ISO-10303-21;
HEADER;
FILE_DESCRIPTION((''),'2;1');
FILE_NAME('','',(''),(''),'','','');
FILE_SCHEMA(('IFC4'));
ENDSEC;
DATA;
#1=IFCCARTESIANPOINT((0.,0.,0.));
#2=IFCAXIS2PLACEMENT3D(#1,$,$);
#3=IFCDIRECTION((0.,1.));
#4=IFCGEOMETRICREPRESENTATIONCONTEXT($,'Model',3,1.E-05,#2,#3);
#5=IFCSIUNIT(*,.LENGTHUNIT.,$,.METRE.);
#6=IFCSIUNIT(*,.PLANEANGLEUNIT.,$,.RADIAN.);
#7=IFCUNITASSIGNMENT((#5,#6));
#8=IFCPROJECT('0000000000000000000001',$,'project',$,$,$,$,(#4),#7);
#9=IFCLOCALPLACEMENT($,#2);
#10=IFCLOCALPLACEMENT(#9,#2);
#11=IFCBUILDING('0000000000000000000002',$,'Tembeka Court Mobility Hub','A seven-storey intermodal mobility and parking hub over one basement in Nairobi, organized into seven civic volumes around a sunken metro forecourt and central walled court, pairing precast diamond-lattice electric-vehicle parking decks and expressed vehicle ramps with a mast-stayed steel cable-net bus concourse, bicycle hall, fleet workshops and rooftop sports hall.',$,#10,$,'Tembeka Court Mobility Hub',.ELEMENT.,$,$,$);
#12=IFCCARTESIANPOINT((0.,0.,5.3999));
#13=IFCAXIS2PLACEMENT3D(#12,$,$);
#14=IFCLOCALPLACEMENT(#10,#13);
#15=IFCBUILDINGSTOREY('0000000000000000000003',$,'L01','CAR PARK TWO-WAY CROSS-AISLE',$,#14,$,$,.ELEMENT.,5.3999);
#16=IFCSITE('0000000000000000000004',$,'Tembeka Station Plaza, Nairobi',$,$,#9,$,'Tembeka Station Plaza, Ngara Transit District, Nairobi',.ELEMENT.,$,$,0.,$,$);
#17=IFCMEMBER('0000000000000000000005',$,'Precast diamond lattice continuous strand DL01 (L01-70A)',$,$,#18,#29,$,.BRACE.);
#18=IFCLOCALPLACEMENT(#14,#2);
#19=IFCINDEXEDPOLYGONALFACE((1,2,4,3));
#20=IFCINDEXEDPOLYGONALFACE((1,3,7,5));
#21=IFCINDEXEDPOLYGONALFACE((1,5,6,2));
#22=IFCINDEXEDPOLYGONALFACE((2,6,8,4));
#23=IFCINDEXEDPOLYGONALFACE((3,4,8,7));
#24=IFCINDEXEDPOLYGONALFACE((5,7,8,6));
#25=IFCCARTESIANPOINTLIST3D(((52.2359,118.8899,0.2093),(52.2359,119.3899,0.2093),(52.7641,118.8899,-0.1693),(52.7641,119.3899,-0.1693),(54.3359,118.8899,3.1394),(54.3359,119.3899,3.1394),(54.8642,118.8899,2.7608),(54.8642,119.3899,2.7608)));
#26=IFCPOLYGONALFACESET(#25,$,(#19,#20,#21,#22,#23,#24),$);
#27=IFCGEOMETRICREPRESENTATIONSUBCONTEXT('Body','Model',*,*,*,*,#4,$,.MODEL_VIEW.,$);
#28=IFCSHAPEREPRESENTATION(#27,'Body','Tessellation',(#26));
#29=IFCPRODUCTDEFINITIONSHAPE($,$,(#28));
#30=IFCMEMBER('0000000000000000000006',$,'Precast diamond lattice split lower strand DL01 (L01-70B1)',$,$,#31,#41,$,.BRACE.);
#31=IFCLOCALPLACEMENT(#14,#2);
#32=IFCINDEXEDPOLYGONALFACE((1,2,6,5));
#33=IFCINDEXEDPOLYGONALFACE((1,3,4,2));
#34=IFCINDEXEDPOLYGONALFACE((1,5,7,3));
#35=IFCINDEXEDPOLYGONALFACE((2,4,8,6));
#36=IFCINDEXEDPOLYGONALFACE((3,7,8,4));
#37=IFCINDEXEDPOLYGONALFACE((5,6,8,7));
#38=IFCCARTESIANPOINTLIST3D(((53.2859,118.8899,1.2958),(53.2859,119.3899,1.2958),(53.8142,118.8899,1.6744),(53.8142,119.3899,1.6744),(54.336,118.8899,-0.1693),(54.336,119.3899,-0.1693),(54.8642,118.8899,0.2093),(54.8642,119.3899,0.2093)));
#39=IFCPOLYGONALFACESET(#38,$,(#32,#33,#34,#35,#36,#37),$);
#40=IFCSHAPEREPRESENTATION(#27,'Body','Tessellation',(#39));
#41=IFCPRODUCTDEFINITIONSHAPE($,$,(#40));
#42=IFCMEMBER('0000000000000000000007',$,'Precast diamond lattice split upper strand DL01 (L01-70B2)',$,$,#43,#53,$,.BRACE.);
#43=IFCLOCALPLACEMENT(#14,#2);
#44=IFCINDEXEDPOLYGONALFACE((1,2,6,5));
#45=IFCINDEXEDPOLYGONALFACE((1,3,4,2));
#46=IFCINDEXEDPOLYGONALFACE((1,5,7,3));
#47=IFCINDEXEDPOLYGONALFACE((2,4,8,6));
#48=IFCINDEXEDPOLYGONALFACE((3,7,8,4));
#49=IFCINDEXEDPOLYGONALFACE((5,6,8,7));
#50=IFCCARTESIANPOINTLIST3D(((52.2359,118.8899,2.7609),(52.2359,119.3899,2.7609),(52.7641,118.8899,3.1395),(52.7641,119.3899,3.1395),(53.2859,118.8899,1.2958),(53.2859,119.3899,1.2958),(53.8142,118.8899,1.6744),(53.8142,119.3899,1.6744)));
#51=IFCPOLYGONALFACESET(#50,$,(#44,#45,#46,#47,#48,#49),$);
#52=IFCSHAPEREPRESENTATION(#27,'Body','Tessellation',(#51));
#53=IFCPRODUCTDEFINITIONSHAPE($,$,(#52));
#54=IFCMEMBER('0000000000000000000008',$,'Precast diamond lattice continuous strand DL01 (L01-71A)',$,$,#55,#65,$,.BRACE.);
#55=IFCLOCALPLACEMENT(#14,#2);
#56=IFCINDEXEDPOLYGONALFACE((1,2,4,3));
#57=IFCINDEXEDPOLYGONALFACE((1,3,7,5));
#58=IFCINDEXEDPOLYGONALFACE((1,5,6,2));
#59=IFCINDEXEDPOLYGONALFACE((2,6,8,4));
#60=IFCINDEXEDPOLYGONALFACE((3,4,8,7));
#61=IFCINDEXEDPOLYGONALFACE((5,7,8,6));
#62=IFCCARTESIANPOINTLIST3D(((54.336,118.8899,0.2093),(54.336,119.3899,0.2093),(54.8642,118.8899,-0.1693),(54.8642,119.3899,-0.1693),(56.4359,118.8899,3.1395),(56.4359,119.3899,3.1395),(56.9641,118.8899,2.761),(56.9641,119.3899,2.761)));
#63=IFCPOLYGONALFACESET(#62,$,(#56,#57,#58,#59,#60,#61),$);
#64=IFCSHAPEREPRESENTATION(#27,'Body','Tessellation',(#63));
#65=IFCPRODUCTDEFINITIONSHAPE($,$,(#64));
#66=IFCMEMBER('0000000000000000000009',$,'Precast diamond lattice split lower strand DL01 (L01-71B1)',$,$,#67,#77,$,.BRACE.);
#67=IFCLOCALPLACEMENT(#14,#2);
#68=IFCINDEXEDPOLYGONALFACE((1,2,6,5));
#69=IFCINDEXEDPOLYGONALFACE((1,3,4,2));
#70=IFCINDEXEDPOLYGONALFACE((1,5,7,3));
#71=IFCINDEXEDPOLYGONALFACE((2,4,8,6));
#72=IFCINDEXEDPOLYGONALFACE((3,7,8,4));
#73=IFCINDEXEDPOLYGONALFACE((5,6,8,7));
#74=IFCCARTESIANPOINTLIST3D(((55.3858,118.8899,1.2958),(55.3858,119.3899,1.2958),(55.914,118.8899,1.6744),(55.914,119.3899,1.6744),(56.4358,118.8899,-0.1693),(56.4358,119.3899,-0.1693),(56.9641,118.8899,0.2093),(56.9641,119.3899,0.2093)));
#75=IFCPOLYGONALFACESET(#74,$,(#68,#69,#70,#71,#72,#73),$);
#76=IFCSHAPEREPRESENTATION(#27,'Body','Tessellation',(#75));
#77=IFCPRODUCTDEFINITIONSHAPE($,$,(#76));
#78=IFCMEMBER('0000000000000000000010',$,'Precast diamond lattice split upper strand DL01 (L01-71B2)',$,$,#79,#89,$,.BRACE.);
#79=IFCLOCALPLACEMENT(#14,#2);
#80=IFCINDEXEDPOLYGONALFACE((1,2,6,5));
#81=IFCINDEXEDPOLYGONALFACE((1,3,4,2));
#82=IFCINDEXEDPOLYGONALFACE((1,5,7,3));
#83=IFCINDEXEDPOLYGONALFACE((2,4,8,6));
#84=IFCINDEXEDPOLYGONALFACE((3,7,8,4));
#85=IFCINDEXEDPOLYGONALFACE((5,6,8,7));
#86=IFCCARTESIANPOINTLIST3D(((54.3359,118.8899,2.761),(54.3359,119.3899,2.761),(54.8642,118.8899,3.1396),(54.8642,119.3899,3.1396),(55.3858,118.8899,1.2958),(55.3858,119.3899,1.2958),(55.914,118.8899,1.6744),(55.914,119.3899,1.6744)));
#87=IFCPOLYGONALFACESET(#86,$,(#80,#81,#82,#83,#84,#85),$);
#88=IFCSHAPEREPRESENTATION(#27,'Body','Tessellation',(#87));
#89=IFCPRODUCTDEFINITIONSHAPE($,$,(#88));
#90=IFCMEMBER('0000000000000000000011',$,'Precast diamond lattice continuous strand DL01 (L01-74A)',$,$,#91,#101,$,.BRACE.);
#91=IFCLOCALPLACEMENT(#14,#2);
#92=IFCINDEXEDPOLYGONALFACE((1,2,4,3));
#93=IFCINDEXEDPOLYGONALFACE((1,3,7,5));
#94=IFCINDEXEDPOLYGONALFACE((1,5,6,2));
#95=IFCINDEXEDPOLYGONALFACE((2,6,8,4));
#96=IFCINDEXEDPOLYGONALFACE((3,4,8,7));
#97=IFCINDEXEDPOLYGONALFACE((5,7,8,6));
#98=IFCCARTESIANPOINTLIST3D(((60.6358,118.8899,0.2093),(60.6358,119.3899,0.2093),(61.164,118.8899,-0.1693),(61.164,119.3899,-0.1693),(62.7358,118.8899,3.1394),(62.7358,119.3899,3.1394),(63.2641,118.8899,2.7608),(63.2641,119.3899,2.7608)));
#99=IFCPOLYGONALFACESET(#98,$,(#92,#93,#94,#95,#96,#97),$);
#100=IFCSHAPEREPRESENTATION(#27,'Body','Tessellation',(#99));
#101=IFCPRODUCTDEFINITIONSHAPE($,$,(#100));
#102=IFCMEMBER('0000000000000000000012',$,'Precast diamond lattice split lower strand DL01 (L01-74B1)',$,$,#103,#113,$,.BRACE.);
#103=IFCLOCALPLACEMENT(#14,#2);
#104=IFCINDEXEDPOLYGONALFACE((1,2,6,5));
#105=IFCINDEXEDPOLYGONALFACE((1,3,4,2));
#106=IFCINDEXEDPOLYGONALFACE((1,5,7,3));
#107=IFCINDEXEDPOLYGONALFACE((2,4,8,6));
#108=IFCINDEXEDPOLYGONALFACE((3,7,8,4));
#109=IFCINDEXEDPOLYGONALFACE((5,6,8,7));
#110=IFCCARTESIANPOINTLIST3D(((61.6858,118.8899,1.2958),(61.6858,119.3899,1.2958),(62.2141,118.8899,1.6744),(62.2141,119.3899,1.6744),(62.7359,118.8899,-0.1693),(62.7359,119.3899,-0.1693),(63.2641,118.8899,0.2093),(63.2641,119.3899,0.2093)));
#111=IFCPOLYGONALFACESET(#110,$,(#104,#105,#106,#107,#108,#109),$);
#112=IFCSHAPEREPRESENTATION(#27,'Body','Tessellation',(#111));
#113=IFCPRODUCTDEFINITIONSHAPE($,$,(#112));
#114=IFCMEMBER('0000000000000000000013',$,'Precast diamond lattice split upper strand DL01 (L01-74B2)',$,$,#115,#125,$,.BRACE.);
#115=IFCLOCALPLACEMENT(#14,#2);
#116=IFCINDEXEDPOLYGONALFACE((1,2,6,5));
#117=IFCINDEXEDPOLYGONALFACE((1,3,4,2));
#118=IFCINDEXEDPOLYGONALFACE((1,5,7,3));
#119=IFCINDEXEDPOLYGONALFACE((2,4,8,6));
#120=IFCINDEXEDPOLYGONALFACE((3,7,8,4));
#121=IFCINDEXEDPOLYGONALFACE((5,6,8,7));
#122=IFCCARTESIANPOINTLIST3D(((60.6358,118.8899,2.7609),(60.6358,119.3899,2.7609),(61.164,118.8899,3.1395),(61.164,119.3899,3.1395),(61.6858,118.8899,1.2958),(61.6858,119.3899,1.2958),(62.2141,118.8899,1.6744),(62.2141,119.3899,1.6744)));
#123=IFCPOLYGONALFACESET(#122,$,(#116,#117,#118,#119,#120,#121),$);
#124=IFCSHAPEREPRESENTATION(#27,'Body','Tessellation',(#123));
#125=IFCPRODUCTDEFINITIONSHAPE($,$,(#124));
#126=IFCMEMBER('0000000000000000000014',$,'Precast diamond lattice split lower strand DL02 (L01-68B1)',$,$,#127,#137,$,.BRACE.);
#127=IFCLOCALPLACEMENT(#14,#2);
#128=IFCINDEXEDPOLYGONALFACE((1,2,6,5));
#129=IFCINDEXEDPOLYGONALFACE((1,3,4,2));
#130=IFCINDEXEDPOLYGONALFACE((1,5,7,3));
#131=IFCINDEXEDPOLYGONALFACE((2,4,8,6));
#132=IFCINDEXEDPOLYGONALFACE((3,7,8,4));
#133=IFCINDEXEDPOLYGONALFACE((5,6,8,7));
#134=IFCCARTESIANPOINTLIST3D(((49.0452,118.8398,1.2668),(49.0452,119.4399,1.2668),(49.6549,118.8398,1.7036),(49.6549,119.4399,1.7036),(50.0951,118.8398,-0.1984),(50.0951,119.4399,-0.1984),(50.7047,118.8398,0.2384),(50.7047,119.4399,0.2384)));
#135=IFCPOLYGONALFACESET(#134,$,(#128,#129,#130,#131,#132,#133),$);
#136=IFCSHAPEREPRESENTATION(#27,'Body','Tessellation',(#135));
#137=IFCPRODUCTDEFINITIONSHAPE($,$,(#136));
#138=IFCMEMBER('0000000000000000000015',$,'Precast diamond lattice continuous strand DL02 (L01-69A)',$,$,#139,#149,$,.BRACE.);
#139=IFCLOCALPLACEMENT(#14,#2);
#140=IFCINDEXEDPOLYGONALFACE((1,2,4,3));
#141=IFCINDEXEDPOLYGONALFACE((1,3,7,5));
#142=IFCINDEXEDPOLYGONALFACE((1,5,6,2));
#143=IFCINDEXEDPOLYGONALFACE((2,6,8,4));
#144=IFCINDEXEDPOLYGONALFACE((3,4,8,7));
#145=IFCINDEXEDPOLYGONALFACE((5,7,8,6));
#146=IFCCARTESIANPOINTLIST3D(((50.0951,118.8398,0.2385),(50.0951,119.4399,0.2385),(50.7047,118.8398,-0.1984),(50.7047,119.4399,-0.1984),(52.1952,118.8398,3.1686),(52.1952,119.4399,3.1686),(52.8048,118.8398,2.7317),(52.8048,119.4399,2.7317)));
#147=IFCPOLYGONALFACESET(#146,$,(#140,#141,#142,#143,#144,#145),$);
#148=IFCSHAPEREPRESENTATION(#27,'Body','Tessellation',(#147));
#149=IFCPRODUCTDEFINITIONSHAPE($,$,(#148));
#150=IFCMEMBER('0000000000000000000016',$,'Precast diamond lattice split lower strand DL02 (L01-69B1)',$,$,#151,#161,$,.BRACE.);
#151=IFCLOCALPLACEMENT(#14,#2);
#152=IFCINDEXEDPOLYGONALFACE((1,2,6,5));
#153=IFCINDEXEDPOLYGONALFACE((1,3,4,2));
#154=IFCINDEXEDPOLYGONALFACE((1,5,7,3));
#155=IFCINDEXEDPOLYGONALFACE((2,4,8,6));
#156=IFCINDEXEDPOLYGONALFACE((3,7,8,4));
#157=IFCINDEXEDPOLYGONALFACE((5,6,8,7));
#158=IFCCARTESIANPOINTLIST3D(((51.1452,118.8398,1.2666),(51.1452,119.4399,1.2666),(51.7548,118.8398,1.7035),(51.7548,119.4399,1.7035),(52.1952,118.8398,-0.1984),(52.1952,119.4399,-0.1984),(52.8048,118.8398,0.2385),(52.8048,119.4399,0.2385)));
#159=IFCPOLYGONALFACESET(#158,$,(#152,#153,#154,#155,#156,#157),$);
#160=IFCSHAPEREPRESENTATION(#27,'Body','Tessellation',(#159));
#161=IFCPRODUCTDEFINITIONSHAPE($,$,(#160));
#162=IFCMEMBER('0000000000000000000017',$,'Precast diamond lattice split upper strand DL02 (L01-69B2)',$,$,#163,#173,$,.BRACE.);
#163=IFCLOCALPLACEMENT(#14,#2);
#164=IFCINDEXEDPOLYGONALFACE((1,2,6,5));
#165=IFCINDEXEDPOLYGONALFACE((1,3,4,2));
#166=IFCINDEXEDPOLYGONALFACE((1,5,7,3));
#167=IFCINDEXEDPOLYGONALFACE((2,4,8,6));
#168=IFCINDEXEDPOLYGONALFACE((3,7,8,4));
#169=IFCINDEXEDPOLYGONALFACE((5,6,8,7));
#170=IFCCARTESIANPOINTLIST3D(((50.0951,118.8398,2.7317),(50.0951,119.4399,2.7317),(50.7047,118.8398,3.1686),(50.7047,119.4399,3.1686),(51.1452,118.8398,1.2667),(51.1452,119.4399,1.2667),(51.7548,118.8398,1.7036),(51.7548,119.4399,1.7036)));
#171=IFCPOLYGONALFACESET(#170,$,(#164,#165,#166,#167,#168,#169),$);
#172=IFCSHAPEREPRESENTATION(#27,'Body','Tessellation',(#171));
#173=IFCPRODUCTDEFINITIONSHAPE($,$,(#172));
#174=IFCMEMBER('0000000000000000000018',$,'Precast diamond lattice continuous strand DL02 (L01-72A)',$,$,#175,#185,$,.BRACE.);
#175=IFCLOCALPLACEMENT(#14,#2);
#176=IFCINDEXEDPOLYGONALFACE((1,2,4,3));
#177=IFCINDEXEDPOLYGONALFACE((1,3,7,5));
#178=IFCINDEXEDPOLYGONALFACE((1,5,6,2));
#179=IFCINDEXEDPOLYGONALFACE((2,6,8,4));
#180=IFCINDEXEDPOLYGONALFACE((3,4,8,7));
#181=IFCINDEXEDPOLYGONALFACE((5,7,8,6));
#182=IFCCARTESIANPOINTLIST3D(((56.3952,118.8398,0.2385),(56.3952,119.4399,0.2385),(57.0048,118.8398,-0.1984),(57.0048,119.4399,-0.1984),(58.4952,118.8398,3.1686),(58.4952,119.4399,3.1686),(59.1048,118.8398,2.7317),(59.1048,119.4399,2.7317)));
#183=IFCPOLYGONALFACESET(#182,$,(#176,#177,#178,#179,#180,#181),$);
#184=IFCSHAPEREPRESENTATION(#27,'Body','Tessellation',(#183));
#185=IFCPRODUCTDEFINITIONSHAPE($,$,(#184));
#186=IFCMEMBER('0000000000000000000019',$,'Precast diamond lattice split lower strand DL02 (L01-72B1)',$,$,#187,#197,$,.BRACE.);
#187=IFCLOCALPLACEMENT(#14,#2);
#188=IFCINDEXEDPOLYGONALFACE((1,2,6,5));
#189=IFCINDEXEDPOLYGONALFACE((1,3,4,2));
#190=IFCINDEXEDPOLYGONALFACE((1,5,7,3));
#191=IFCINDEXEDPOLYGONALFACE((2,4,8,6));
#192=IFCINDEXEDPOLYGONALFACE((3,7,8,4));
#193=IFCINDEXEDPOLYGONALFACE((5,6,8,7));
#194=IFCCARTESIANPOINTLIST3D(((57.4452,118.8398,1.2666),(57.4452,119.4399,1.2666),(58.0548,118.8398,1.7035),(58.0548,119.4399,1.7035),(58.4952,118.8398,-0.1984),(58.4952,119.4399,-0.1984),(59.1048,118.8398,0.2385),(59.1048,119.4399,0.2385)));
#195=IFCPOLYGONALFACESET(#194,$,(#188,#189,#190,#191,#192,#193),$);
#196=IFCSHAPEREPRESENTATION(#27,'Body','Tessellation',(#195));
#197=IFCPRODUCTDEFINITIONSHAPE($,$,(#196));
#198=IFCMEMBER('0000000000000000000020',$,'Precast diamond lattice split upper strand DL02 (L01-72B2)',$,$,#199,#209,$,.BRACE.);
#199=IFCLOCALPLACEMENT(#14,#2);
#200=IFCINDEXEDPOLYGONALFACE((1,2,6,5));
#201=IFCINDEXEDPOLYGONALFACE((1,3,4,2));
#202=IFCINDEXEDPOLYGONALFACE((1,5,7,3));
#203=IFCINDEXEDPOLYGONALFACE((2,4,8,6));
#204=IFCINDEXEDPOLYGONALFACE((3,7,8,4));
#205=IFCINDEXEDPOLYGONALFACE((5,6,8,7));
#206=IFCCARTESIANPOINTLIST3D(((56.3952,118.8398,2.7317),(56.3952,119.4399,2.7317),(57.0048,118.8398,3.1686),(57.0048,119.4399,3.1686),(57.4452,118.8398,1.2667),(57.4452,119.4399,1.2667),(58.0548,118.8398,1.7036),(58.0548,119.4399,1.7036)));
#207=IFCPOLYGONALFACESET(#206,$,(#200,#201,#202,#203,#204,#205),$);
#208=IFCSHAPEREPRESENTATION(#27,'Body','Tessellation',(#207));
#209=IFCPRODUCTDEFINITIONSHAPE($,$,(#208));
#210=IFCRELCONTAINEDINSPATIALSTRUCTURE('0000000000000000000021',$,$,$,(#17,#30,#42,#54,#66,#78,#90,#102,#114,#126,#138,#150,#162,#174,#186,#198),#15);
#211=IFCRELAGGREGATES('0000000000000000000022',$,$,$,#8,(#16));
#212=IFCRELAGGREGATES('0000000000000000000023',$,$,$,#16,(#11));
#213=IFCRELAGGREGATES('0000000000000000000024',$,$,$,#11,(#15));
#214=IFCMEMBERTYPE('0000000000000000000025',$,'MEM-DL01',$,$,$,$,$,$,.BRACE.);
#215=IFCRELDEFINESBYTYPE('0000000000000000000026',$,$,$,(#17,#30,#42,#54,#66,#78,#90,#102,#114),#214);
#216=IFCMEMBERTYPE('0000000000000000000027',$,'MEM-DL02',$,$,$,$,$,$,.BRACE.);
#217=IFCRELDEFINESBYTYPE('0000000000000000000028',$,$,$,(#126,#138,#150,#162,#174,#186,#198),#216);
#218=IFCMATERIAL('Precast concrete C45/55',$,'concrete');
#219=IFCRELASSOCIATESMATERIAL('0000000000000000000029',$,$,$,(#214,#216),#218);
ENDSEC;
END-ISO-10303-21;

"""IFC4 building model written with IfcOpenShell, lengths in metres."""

from ifc_helpers import new_model, si_unit, direction, frame, origin, origin_2d, place, context, subcontext, project, spatial, rectangle, extrude, material, material_profile, profile_set, type_object, element, save


model = new_model("IFC4")

# Units and contexts
model_context = context("Model", 3, precision=1e-05, world=origin(), true_north=direction((0.0, 1.0)))
body_context = subcontext(model_context, "Body", "Model", "MODEL_VIEW")
ifc_project = project(units=[si_unit("LENGTHUNIT", "METRE"), si_unit("PLANEANGLEUNIT", "RADIAN")], contexts=[model_context])

# Site, building, storey
site_placement = place(None, origin())
site = spatial("IfcSite", under=ifc_project, at=site_placement, Name="Tembeka Station Plaza, Nairobi", LongName="Tembeka Station Plaza, Ngara Transit District, Nairobi", CompositionType="ELEMENT", RefElevation=0.0)
building_placement = place(site_placement, origin())
building = spatial("IfcBuilding", under=site, at=building_placement, Name="Tembeka Court Mobility Hub", Description="A seven-storey intermodal mobility and parking hub over one basement in Nairobi, organized into seven civic volumes around a sunken metro forecourt and central walled court, pairing precast diamond-lattice electric-vehicle parking decks and expressed vehicle ramps with a mast-stayed steel cable-net bus concourse, bicycle hall, fleet workshops and rooftop sports hall.", LongName="Tembeka Court Mobility Hub", CompositionType="ELEMENT")
storey_placement = place(building_placement, frame((0.0, 0.0, 5.3999)))
storey = spatial("IfcBuildingStorey", under=building, at=storey_placement, Name="L01", Description="CAR PARK TWO-WAY CROSS-AISLE", CompositionType="ELEMENT", Elevation=5.3999)

# Members
ifc_material = material(Name="Precast concrete C45/55", Category="concrete")
ifc_material_profile_1 = material_profile(ifc_material, rectangle(XDim=0.5, YDim=0.6499, at=origin_2d()), Name="PC-DIAG 500x650")
ifc_profile_set_1 = profile_set([ifc_material_profile_1], Name="Precast concrete C45/55")
member_type_1 = type_object("IfcMemberType", Name="MEM-DL01", PredefinedType="BRACE", material=ifc_profile_set_1)
member_1_placement = place(storey_placement, frame((52.5, 119.1399, 0.02), z_axis=(0.582544, 0.0, 0.812799), x_axis=(0.0, 1.0, 0.0)))
element("IfcMember", 1, at=member_1_placement, inside=storey, type_object=member_type_1, Name="Precast diamond lattice continuous strand DL01 (L01-70A)", PredefinedType="BRACE", context=body_context, shape_type="SweptSolid", body=[
    extrude(rectangle(XDim=0.5, YDim=0.6499, at=origin_2d()), origin(), (0.0, 0.0, 1.0), 3.605),
])
for number, where, z_axis, x_axis, name in (
    (2, (54.6001, 119.1399, 0.02), (-0.582544, 0.0, 0.812799), (0.0, -1.0, 0.0), "Precast diamond lattice split lower strand DL01 (L01-70B1)"),
    (3, (53.55, 119.1399, 1.4851), (-0.582544, 0.0, 0.812799), (0.0, -1.0, 0.0), "Precast diamond lattice split upper strand DL01 (L01-70B2)"),
):
    element("IfcMember", number, at=place(storey_placement, frame(where, z_axis=z_axis, x_axis=x_axis)), inside=storey, type_object=member_type_1, Name=name, PredefinedType="BRACE", context=body_context, shape_type="SweptSolid", body=[
        extrude(rectangle(XDim=0.5, YDim=0.6499, at=origin_2d()), origin(), (0.0, 0.0, 1.0), 1.8025),
    ])
member_2_placement = place(storey_placement, frame((54.6001, 119.1399, 0.02), z_axis=(0.5825, 0.0, 0.812831), x_axis=(0.0, 1.0, 0.0)))
element("IfcMember", 4, at=member_2_placement, inside=storey, type_object=member_type_1, Name="Precast diamond lattice continuous strand DL01 (L01-71A)", PredefinedType="BRACE", context=body_context, shape_type="SweptSolid", body=[
    extrude(rectangle(XDim=0.5, YDim=0.6499, at=origin_2d()), origin(), (0.0, 0.0, 1.0), 3.605),
])
for number, where, z_axis, x_axis, name in (
    (5, (56.7, 119.1399, 0.02), (-0.582544, 0.0, 0.812799), (0.0, -1.0, 0.0), "Precast diamond lattice split lower strand DL01 (L01-71B1)"),
    (6, (55.6499, 119.1399, 1.4851), (-0.582455, 0.0, 0.812863), (0.0, -1.0, 0.0), "Precast diamond lattice split upper strand DL01 (L01-71B2)"),
):
    element("IfcMember", number, at=place(storey_placement, frame(where, z_axis=z_axis, x_axis=x_axis)), inside=storey, type_object=member_type_1, Name=name, PredefinedType="BRACE", context=body_context, shape_type="SweptSolid", body=[
        extrude(rectangle(XDim=0.5, YDim=0.6499, at=origin_2d()), origin(), (0.0, 0.0, 1.0), 1.8025),
    ])
member_3_placement = place(storey_placement, frame((60.8999, 119.1399, 0.02), z_axis=(0.582544, 0.0, 0.812799), x_axis=(0.0, 1.0, 0.0)))
element("IfcMember", 7, at=member_3_placement, inside=storey, type_object=member_type_1, Name="Precast diamond lattice continuous strand DL01 (L01-74A)", PredefinedType="BRACE", context=body_context, shape_type="SweptSolid", body=[
    extrude(rectangle(XDim=0.5, YDim=0.6499, at=origin_2d()), origin(), (0.0, 0.0, 1.0), 3.605),
])
for number, where, z_axis, x_axis, name in (
    (8, (63.0, 119.1399, 0.02), (-0.582544, 0.0, 0.812799), (0.0, -1.0, 0.0), "Precast diamond lattice split lower strand DL01 (L01-74B1)"),
    (9, (61.95, 119.1399, 1.4851), (-0.582544, 0.0, 0.812799), (0.0, -1.0, 0.0), "Precast diamond lattice split upper strand DL01 (L01-74B2)"),
):
    element("IfcMember", number, at=place(storey_placement, frame(where, z_axis=z_axis, x_axis=x_axis)), inside=storey, type_object=member_type_1, Name=name, PredefinedType="BRACE", context=body_context, shape_type="SweptSolid", body=[
        extrude(rectangle(XDim=0.5, YDim=0.6499, at=origin_2d()), origin(), (0.0, 0.0, 1.0), 1.8025),
    ])
ifc_material_profile_2 = material_profile(ifc_material, rectangle(XDim=0.6001, YDim=0.75, at=origin_2d()), Name="PC-DIAG 600x750")
ifc_profile_set_2 = profile_set([ifc_material_profile_2], Name="Precast concrete C45/55")
member_type_2 = type_object("IfcMemberType", Name="MEM-DL02", PredefinedType="BRACE", material=ifc_profile_set_2)
member_4_placement = place(storey_placement, frame((50.3999, 119.1399, 0.02), z_axis=(-0.582455, 0.0, 0.812863), x_axis=(0.0, -1.0, 0.0)))
element("IfcMember", 10, at=member_4_placement, inside=storey, type_object=member_type_2, Name="Precast diamond lattice split lower strand DL02 (L01-68B1)", PredefinedType="BRACE", context=body_context, shape_type="SweptSolid", body=[
    extrude(rectangle(XDim=0.6001, YDim=0.75, at=origin_2d()), origin(), (0.0, 0.0, 1.0), 1.8025),
])
member_5_placement = place(storey_placement, frame((50.3999, 119.1399, 0.02), z_axis=(0.582544, 0.0, 0.812799), x_axis=(0.0, 1.0, 0.0)))
element("IfcMember", 11, at=member_5_placement, inside=storey, type_object=member_type_2, Name="Precast diamond lattice continuous strand DL02 (L01-69A)", PredefinedType="BRACE", context=body_context, shape_type="SweptSolid", body=[
    extrude(rectangle(XDim=0.6001, YDim=0.75, at=origin_2d()), origin(), (0.0, 0.0, 1.0), 3.605),
])
for number, where, z_axis, x_axis, name in (
    (12, (52.5, 119.1399, 0.02), (-0.582544, 0.0, 0.812799), (0.0, -1.0, 0.0), "Precast diamond lattice split lower strand DL02 (L01-69B1)"),
    (13, (51.45, 119.1399, 1.4851), (-0.582544, 0.0, 0.812799), (0.0, -1.0, 0.0), "Precast diamond lattice split upper strand DL02 (L01-69B2)"),
):
    element("IfcMember", number, at=place(storey_placement, frame(where, z_axis=z_axis, x_axis=x_axis)), inside=storey, type_object=member_type_2, Name=name, PredefinedType="BRACE", context=body_context, shape_type="SweptSolid", body=[
        extrude(rectangle(XDim=0.6001, YDim=0.75, at=origin_2d()), origin(), (0.0, 0.0, 1.0), 1.8025),
    ])
member_6_placement = place(storey_placement, frame((56.7, 119.1399, 0.02), z_axis=(0.582544, 0.0, 0.812799), x_axis=(0.0, 1.0, 0.0)))
element("IfcMember", 14, at=member_6_placement, inside=storey, type_object=member_type_2, Name="Precast diamond lattice continuous strand DL02 (L01-72A)", PredefinedType="BRACE", context=body_context, shape_type="SweptSolid", body=[
    extrude(rectangle(XDim=0.6001, YDim=0.75, at=origin_2d()), origin(), (0.0, 0.0, 1.0), 3.605),
])
for number, where, z_axis, x_axis, name in (
    (15, (58.8, 119.1399, 0.02), (-0.582544, 0.0, 0.812799), (0.0, -1.0, 0.0), "Precast diamond lattice split lower strand DL02 (L01-72B1)"),
    (16, (57.75, 119.1399, 1.4851), (-0.582544, 0.0, 0.812799), (0.0, -1.0, 0.0), "Precast diamond lattice split upper strand DL02 (L01-72B2)"),
):
    element("IfcMember", number, at=place(storey_placement, frame(where, z_axis=z_axis, x_axis=x_axis)), inside=storey, type_object=member_type_2, Name=name, PredefinedType="BRACE", context=body_context, shape_type="SweptSolid", body=[
        extrude(rectangle(XDim=0.6001, YDim=0.75, at=origin_2d()), origin(), (0.0, 0.0, 1.0), 1.8025),
    ])

save(model, "model.ifc")
